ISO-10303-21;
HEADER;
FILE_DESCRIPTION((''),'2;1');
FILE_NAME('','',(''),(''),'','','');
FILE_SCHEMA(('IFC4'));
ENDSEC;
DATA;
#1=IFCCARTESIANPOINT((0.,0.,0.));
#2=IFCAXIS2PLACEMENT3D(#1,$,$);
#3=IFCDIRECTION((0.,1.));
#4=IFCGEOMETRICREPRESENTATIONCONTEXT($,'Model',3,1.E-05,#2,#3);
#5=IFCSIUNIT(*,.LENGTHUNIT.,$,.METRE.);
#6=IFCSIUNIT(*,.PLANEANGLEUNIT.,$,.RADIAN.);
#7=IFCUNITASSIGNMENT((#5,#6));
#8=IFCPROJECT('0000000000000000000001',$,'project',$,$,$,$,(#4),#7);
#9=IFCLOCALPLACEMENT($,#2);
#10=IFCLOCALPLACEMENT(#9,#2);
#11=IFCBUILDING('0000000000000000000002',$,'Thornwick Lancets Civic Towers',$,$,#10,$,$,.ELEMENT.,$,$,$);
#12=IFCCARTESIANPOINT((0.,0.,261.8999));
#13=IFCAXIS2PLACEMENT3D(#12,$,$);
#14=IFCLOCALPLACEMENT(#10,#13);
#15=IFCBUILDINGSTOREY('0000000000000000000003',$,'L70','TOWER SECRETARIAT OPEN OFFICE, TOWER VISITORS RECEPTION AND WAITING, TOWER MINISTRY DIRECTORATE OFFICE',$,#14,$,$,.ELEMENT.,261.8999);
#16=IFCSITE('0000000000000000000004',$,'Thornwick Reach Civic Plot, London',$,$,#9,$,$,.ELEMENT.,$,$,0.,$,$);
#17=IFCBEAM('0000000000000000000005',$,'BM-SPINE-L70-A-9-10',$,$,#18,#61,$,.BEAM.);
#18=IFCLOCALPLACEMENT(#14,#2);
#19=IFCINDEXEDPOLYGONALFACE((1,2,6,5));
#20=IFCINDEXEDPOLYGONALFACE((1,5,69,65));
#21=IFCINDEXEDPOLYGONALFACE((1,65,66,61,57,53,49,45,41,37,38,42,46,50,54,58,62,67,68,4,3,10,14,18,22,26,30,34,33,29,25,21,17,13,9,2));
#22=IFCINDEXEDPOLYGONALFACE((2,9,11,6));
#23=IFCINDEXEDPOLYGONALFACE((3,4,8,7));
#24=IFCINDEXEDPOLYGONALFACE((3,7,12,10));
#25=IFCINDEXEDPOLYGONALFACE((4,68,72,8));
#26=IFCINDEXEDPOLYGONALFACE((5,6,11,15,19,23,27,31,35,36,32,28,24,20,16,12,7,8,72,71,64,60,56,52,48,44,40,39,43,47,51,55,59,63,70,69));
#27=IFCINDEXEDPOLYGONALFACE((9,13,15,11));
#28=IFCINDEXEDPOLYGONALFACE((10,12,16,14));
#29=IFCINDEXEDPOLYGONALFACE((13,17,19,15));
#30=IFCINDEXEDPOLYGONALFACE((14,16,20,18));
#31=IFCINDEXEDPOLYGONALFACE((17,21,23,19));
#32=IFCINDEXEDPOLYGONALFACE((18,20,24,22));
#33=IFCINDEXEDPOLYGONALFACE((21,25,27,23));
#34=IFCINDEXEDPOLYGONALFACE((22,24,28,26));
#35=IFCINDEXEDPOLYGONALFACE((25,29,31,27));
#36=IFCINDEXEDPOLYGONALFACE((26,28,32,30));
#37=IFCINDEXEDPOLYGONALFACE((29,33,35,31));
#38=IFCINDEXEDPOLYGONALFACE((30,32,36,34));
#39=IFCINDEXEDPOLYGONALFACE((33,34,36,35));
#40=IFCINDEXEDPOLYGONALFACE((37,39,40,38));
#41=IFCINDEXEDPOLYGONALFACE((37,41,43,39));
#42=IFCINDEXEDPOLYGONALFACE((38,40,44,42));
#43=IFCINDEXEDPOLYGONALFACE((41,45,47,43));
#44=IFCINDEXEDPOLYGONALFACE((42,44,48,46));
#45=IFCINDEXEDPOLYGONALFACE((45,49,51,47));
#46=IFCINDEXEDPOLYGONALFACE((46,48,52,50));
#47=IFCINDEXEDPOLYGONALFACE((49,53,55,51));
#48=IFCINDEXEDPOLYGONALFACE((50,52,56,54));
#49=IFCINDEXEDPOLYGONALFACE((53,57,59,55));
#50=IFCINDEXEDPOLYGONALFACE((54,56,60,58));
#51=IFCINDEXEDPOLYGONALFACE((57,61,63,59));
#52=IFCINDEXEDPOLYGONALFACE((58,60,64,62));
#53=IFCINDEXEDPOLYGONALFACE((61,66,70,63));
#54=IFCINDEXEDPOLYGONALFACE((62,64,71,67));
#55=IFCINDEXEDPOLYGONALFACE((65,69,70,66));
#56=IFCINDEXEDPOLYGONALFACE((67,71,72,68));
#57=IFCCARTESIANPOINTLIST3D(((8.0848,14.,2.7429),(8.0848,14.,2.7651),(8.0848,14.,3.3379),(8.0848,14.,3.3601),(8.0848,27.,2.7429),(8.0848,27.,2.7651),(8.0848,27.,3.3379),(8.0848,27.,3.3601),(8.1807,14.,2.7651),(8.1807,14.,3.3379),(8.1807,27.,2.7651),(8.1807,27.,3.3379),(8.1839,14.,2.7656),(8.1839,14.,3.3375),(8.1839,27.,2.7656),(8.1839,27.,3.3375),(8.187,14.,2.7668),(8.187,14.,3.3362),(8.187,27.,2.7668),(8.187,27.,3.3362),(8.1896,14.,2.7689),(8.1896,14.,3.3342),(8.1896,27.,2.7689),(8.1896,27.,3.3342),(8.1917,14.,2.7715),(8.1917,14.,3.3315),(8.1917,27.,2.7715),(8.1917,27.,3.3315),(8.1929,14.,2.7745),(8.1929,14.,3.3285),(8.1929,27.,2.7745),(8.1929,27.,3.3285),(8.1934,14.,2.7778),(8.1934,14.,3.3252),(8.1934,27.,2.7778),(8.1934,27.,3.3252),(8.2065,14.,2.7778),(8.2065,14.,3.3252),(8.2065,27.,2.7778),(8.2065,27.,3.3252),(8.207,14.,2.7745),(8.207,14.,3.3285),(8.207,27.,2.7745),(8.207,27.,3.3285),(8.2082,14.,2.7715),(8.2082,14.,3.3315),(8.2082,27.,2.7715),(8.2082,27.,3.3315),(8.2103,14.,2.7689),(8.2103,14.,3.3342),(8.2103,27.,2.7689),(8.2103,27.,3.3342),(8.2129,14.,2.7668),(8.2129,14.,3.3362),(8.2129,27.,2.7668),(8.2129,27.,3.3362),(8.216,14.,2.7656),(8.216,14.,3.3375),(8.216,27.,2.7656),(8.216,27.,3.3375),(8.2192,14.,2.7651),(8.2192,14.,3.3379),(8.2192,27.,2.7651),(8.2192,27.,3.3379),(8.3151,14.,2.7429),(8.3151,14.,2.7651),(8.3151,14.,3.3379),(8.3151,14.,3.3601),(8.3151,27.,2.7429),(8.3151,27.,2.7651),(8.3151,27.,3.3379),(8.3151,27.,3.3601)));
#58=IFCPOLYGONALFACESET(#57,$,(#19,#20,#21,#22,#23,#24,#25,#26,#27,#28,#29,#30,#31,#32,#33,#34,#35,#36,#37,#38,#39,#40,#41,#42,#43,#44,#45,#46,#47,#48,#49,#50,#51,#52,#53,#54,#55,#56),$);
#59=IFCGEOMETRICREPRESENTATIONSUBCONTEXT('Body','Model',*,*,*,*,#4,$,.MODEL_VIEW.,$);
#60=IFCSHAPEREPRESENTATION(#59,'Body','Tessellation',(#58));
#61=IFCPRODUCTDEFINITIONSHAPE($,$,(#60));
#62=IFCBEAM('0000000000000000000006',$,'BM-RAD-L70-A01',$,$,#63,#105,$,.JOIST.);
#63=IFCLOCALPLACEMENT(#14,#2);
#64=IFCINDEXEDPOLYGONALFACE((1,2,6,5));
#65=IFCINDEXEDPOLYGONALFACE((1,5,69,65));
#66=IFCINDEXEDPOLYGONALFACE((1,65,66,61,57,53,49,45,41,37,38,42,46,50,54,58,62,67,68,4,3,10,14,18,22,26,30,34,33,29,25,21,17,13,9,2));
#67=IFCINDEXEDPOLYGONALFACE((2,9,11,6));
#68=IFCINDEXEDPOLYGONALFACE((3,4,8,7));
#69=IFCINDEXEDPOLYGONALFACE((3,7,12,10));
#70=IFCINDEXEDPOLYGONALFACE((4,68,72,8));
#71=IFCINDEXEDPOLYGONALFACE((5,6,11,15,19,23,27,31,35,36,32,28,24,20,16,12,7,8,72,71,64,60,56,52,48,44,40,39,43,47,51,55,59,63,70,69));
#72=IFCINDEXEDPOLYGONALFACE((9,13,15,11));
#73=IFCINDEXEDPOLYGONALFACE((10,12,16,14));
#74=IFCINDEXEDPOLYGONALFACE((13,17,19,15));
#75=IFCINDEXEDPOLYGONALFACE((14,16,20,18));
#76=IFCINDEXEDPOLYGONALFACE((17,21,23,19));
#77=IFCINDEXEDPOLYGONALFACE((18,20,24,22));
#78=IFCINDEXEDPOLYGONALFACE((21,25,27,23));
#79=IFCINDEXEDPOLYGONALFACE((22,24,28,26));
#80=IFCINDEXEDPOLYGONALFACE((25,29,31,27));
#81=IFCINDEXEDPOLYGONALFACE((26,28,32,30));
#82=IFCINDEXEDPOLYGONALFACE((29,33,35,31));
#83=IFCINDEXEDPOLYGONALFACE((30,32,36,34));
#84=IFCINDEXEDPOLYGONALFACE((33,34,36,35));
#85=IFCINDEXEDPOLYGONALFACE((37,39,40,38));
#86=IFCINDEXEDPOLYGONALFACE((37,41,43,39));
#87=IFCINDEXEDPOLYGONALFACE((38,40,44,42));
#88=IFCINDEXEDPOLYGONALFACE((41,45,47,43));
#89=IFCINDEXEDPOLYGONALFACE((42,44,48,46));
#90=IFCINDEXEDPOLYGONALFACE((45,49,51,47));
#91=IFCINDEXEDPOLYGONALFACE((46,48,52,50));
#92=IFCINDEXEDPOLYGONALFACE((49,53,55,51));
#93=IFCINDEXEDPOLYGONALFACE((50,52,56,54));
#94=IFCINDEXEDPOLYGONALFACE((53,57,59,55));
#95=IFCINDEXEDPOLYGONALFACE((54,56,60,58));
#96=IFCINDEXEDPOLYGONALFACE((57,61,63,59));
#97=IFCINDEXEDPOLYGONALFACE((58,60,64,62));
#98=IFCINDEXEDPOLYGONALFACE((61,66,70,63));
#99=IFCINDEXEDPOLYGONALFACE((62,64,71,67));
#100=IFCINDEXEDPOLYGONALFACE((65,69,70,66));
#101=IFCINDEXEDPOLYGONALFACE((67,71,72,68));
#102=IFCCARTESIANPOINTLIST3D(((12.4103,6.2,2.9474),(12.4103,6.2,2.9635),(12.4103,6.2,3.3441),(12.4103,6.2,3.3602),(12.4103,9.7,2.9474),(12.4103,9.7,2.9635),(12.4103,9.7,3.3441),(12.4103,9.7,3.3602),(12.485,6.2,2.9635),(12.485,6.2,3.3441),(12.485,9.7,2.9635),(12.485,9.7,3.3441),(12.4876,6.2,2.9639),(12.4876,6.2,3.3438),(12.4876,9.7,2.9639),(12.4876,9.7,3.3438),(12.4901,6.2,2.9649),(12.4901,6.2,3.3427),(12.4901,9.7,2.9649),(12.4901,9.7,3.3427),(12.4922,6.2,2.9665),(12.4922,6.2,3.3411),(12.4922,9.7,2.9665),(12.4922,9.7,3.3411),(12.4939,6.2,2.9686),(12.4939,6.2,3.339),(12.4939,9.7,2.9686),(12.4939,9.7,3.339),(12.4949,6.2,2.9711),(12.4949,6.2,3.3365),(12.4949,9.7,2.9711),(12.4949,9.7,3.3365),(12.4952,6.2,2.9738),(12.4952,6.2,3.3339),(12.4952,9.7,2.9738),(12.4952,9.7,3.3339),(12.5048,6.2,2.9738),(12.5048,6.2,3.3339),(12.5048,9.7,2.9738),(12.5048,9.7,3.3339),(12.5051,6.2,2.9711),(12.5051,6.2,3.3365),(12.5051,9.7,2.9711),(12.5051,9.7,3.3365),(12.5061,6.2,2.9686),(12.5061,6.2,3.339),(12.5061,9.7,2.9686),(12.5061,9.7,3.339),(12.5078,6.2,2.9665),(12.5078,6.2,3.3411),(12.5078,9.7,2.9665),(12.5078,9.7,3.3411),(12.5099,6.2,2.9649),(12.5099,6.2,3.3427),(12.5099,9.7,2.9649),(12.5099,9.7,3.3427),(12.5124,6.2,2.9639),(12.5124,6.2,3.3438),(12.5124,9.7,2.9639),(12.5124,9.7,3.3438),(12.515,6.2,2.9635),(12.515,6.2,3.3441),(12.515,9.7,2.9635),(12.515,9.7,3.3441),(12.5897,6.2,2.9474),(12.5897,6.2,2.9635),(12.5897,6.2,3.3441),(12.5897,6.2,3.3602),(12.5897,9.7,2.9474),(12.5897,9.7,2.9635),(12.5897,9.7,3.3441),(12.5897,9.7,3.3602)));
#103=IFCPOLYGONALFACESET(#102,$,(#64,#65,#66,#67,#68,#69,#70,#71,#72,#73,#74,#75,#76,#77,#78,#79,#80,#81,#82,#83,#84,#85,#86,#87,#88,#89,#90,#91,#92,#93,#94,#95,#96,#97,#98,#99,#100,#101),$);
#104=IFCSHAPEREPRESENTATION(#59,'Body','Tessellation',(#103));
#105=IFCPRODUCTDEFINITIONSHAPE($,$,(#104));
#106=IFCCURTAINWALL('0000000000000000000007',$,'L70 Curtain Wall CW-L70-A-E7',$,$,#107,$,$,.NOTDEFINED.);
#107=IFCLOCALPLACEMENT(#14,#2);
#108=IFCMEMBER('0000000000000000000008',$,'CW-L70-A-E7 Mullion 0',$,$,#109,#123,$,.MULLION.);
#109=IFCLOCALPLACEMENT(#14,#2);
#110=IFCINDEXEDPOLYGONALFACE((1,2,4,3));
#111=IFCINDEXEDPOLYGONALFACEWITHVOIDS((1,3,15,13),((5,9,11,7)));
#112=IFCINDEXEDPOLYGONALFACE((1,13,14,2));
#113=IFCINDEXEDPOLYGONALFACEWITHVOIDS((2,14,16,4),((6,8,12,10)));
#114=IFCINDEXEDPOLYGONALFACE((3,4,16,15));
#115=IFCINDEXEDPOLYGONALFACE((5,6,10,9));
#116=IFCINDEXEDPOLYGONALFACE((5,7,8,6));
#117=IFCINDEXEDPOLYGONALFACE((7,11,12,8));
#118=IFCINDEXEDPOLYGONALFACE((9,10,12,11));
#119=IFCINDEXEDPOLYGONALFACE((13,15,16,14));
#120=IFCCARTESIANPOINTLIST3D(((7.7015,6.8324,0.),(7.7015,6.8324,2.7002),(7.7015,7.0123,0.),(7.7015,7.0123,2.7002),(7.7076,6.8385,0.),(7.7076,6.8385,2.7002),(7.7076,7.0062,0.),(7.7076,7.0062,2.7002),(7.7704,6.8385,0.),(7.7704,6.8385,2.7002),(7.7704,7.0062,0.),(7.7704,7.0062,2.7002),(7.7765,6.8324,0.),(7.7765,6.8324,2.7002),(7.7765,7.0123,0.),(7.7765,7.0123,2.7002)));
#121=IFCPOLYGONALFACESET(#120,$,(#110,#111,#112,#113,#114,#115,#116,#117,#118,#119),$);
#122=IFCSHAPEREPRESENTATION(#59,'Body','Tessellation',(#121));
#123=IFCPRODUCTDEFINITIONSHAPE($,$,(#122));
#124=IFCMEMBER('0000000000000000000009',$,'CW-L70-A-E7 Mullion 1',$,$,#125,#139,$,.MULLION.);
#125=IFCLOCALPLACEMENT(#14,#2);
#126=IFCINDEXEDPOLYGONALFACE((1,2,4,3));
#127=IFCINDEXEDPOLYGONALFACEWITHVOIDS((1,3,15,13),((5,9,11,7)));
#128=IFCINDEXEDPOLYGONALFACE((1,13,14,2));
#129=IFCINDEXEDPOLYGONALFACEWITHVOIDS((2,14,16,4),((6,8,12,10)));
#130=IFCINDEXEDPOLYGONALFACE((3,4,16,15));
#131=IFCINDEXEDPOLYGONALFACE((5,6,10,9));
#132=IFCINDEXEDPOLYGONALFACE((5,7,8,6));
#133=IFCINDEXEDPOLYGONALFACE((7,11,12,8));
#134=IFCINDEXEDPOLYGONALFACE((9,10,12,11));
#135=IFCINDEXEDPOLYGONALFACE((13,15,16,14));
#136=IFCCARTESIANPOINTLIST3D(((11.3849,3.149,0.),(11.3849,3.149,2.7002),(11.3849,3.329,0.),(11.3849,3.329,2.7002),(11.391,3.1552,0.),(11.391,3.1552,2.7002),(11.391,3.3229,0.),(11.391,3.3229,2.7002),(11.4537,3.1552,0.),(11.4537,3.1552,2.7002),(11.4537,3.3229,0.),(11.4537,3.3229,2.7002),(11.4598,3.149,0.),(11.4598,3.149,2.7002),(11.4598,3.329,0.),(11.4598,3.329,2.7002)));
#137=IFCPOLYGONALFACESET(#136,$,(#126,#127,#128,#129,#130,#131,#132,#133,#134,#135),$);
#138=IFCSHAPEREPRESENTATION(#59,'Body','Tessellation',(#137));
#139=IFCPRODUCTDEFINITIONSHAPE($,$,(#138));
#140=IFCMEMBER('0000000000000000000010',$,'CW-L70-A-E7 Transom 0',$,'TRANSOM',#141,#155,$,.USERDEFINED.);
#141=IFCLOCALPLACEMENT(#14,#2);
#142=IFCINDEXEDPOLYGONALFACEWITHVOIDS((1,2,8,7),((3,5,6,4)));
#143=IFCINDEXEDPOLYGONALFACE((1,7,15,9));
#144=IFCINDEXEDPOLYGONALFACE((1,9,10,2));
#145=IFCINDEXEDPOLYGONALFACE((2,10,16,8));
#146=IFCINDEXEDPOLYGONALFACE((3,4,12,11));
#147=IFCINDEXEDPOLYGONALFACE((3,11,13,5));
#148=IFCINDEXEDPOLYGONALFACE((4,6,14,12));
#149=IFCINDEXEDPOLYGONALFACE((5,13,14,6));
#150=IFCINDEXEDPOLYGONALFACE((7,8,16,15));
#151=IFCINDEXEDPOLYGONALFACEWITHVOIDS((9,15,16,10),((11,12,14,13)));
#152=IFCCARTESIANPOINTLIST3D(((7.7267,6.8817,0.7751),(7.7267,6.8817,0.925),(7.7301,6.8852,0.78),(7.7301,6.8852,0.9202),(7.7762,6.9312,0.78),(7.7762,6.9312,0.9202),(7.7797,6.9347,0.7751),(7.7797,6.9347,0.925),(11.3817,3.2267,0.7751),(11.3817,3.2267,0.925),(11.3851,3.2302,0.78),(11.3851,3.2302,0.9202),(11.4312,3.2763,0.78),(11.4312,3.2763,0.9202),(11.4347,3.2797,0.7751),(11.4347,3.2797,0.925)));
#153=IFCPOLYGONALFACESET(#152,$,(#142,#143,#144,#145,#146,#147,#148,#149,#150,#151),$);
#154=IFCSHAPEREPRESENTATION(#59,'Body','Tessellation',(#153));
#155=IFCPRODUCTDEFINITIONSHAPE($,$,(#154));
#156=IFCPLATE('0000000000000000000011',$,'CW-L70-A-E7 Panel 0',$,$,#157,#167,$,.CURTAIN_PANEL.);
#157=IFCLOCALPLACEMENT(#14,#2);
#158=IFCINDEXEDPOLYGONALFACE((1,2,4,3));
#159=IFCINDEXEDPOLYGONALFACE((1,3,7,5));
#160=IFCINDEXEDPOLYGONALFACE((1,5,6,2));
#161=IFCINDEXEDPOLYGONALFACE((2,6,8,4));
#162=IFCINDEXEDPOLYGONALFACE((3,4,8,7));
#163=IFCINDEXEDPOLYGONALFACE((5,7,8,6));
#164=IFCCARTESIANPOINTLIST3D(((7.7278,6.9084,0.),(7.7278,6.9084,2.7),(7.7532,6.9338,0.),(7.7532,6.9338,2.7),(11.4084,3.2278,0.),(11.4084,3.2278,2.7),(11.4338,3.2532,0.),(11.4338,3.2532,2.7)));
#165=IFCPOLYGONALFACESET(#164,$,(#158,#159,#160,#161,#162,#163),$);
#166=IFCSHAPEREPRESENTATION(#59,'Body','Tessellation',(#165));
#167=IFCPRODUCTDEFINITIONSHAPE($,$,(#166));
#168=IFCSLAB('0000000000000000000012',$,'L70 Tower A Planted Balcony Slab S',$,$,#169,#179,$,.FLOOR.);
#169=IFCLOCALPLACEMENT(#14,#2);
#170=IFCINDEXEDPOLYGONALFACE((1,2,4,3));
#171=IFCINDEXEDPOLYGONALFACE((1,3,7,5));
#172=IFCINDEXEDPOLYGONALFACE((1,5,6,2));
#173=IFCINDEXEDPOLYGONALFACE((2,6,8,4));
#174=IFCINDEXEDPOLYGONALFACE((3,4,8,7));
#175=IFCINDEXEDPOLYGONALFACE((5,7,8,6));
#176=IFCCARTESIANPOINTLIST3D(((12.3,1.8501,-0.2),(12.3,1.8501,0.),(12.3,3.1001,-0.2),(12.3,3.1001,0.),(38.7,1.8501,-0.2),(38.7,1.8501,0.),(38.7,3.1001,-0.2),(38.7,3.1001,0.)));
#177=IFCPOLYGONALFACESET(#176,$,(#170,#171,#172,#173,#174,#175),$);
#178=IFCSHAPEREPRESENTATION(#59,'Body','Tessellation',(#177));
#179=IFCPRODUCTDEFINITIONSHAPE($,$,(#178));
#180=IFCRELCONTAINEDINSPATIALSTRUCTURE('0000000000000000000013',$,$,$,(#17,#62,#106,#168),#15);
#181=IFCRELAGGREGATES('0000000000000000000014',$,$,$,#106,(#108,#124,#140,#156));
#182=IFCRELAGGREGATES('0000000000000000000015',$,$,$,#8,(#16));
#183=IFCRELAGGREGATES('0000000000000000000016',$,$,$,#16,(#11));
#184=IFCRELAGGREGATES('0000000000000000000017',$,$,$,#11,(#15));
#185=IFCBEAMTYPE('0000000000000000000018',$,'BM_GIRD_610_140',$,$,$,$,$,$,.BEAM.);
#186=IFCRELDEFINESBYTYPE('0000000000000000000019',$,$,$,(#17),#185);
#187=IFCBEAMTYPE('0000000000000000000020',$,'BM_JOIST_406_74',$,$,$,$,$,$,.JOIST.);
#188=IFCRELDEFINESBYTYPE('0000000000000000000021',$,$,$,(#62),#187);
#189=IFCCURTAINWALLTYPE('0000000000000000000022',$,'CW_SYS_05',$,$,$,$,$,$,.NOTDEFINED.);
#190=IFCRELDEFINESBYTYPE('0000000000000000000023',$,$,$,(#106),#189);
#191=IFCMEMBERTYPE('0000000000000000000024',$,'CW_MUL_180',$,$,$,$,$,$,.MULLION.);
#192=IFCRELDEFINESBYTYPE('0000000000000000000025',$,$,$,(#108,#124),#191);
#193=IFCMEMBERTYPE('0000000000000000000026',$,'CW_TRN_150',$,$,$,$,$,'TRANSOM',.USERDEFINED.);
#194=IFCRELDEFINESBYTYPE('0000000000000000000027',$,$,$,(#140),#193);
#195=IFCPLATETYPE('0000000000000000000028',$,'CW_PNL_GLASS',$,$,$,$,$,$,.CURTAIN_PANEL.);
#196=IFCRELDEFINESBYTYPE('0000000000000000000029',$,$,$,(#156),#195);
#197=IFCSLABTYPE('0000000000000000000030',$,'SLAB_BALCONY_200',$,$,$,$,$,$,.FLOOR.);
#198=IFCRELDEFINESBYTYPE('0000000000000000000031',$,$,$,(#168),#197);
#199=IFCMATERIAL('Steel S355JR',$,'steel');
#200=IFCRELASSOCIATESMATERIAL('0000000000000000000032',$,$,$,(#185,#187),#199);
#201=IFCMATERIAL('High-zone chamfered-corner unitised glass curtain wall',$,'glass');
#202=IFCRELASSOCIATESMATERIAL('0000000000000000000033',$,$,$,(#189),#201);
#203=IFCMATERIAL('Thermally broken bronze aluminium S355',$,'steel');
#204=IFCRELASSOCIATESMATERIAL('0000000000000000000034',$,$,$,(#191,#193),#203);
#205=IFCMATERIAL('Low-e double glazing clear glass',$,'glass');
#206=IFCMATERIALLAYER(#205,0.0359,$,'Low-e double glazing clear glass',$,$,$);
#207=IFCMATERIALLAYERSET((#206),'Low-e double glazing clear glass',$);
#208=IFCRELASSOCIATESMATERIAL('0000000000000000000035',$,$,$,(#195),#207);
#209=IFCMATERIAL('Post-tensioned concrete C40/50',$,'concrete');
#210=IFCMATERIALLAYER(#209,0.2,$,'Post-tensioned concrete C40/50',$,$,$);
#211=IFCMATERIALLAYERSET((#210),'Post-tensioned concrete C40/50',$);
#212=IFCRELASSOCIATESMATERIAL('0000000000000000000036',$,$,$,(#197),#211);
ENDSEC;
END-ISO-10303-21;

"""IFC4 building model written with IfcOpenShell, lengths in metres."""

from ifc_helpers import new_model, si_unit, direction, frame, origin, origin_2d, place, context, subcontext, project, spatial, polyline, rectangle, hollow_rectangle, i_section, outline, extrude, material, layer, layer_set, material_profile, profile_set, type_object, element, aggregate, save


model = new_model("IFC4")

# Units and contexts
model_context = context("Model", 3, precision=1e-05, world=origin(), true_north=direction((0.0, 1.0)))
body_context = subcontext(model_context, "Body", "Model", "MODEL_VIEW")
ifc_project = project(units=[si_unit("LENGTHUNIT", "METRE"), si_unit("PLANEANGLEUNIT", "RADIAN")], contexts=[model_context])

# Site, building, storey
site_placement = place(None, origin())
site = spatial("IfcSite", under=ifc_project, at=site_placement, Name="Thornwick Reach Civic Plot, London", CompositionType="ELEMENT", RefElevation=0.0)
building_placement = place(site_placement, origin())
building = spatial("IfcBuilding", under=site, at=building_placement, Name="Thornwick Lancets Civic Towers", CompositionType="ELEMENT")
storey_placement = place(building_placement, frame((0.0, 0.0, 261.8999)))
storey = spatial("IfcBuildingStorey", under=building, at=storey_placement, Name="L70", Description="TOWER SECRETARIAT OPEN OFFICE, TOWER VISITORS RECEPTION AND WAITING, TOWER MINISTRY DIRECTORATE OFFICE", CompositionType="ELEMENT", Elevation=261.8999)

# Shared definitions
ifc_material_1 = material(Name="Steel S355JR", Category="steel")

# Beams
ifc_material_profile_1 = material_profile(ifc_material_1, i_section(OverallWidth=0.2302, OverallDepth=0.6172, WebThickness=0.0132, FlangeThickness=0.0222, FilletRadius=0.0127, at=origin_2d()), Name="UKB 610x229x140")
ifc_profile_set_1 = profile_set([ifc_material_profile_1], Name="Steel S355JR")
beam_type_1 = type_object("IfcBeamType", Name="BM_GIRD_610_140", PredefinedType="BEAM", material=ifc_profile_set_1)
for number, where, z_axis, x_axis, name in (
    (1, (8.2, 14.0, 3.0515), (0.0, 1.0, 0.0), (-1.0, 0.0, 0.0), "BM-SPINE-L70-A-9-10"),
):
    element("IfcBeam", number, at=place(storey_placement, frame(where, z_axis=z_axis, x_axis=x_axis)), inside=storey, type_object=beam_type_1, Name=name, PredefinedType="BEAM", context=body_context, shape_type="SweptSolid", body=[
        extrude(i_section(OverallWidth=0.2302, OverallDepth=0.6172, WebThickness=0.0132, FlangeThickness=0.0222, FilletRadius=0.0127, at=origin_2d()), origin(), (0.0, 0.0, 1.0), 13.0),
    ])
ifc_material_profile_2 = material_profile(ifc_material_1, i_section(OverallWidth=0.1794, OverallDepth=0.4128, WebThickness=0.0095, FlangeThickness=0.0161, FilletRadius=0.0103, at=origin_2d()), Name="UKB 406x178x74")
ifc_profile_set_2 = profile_set([ifc_material_profile_2], Name="Steel S355JR")
beam_type_2 = type_object("IfcBeamType", Name="BM_JOIST_406_74", PredefinedType="JOIST", material=ifc_profile_set_2)
beam_1_placement = place(storey_placement, frame((12.5, 9.7, 3.1538), z_axis=(0.0, -1.0, 0.0), x_axis=(1.0, 0.0, 0.0)))
element("IfcBeam", 2, at=beam_1_placement, inside=storey, type_object=beam_type_2, Name="BM-RAD-L70-A01", PredefinedType="JOIST", context=body_context, shape_type="SweptSolid", body=[
    extrude(i_section(OverallWidth=0.1794, OverallDepth=0.4128, WebThickness=0.0095, FlangeThickness=0.0161, FilletRadius=0.0103, at=origin_2d()), origin(), (0.0, 0.0, 1.0), 3.5),
])

# Curtain wall, members, plate
ifc_material_2 = material(Name="High-zone chamfered-corner unitised glass curtain wall", Category="glass")
curtain_wall_type = type_object("IfcCurtainWallType", Name="CW_SYS_05", PredefinedType="NOTDEFINED", material=ifc_material_2)
curtain_wall_placement = place(storey_placement, origin())
curtain_wall = element("IfcCurtainWall", 3, at=curtain_wall_placement, inside=storey, type_object=curtain_wall_type, Name="L70 Curtain Wall CW-L70-A-E7", PredefinedType="NOTDEFINED")
ifc_material_3 = material(Name="Thermally broken bronze aluminium S355", Category="steel")
ifc_material_profile_3 = material_profile(ifc_material_3, hollow_rectangle(XDim=0.075, YDim=0.1799, WallThickness=0.0061, at=origin_2d()), Name="RHS 180x75x6")
ifc_profile_set_3 = profile_set([ifc_material_profile_3], Name="Thermally broken bronze aluminium S355")
member_type_1 = type_object("IfcMemberType", Name="CW_MUL_180", PredefinedType="MULLION", material=ifc_profile_set_3)
member_1_placement = place(storey_placement, frame((7.739, 6.9224, 0.0), z_axis=(0.0, 0.0, 1.0), x_axis=(1.0, 0.0, 0.0)))
member_1 = element("IfcMember", 4, at=member_1_placement, type_object=member_type_1, Name="CW-L70-A-E7 Mullion 0", PredefinedType="MULLION", context=body_context, shape_type="SweptSolid", body=[
    extrude(hollow_rectangle(XDim=0.075, YDim=0.1799, WallThickness=0.0061, at=origin_2d()), origin(), (0.0, 0.0, 1.0), 2.7002),
])
member_2_placement = place(storey_placement, frame((11.4224, 3.239, 0.0), z_axis=(0.0, 0.0, 1.0), x_axis=(1.0, 0.0, 0.0)))
member_2 = element("IfcMember", 5, at=member_2_placement, type_object=member_type_1, Name="CW-L70-A-E7 Mullion 1", PredefinedType="MULLION", context=body_context, shape_type="SweptSolid", body=[
    extrude(hollow_rectangle(XDim=0.075, YDim=0.1799, WallThickness=0.0061, at=origin_2d()), origin(), (0.0, 0.0, 1.0), 2.7002),
])
ifc_material_profile_4 = material_profile(ifc_material_3, hollow_rectangle(XDim=0.075, YDim=0.1499, WallThickness=0.0049, at=origin_2d()), Name="RHS 150x75x5")
ifc_profile_set_4 = profile_set([ifc_material_profile_4], Name="Thermally broken bronze aluminium S355")
member_type_2 = type_object("IfcMemberType", Name="CW_TRN_150", ElementType="TRANSOM", PredefinedType="USERDEFINED", material=ifc_profile_set_4)
member_3_placement = place(storey_placement, frame((7.7532, 6.9082, 0.8501), z_axis=(0.707107, -0.707107, 0.0), x_axis=(0.707107, 0.707107, 0.0)))
member_3 = element("IfcMember", 6, at=member_3_placement, type_object=member_type_2, Name="CW-L70-A-E7 Transom 0", ObjectType="TRANSOM", PredefinedType="USERDEFINED", context=body_context, shape_type="SweptSolid", body=[
    extrude(hollow_rectangle(XDim=0.075, YDim=0.1499, WallThickness=0.0049, at=origin_2d()), origin(), (0.0, 0.0, 1.0), 5.1689),
])
ifc_material_4 = material(Name="Low-e double glazing clear glass", Category="glass")
ifc_layer_1 = layer(ifc_material_4, 0.0359, Name="Low-e double glazing clear glass")
ifc_layer_set_1 = layer_set([ifc_layer_1], Name="Low-e double glazing clear glass")
plate_type = type_object("IfcPlateType", Name="CW_PNL_GLASS", PredefinedType="CURTAIN_PANEL", material=ifc_layer_set_1)
plate_placement = place(storey_placement, frame((9.5808, 5.0808, 0.0), z_axis=(0.0, 0.0, 1.0), x_axis=(0.707107, -0.707107, 0.0)))
plate = element("IfcPlate", 7, at=plate_placement, type_object=plate_type, Name="CW-L70-A-E7 Panel 0", PredefinedType="CURTAIN_PANEL", context=body_context, shape_type="SweptSolid", body=[
    extrude(rectangle(XDim=5.2051, YDim=0.0359, at=origin_2d()), origin(), (0.0, 0.0, 1.0), 2.7),
])
aggregate(curtain_wall, [member_1, member_2, member_3, plate])

# Slab
ifc_material_5 = material(Name="Post-tensioned concrete C40/50", Category="concrete")
ifc_layer_2 = layer(ifc_material_5, 0.2, Name="Post-tensioned concrete C40/50")
ifc_layer_set_2 = layer_set([ifc_layer_2], Name="Post-tensioned concrete C40/50")
slab_type_1 = type_object("IfcSlabType", Name="SLAB_BALCONY_200", PredefinedType="FLOOR", material=ifc_layer_set_2)
slab_1_placement = place(storey_placement, frame((0.0, 0.0, -0.2)))
element("IfcSlab", 8, at=slab_1_placement, inside=storey, type_object=slab_type_1, Name="L70 Tower A Planted Balcony Slab S", PredefinedType="FLOOR", context=body_context, shape_type="SweptSolid", body=[
    extrude(outline(polyline([(12.3, 1.8501), (38.7, 1.8501), (38.7, 3.1001), (12.3, 3.1001), (12.3, 1.8501)])), origin(), (0.0, 0.0, 1.0), 0.2),
])

save(model, "model.ifc")
